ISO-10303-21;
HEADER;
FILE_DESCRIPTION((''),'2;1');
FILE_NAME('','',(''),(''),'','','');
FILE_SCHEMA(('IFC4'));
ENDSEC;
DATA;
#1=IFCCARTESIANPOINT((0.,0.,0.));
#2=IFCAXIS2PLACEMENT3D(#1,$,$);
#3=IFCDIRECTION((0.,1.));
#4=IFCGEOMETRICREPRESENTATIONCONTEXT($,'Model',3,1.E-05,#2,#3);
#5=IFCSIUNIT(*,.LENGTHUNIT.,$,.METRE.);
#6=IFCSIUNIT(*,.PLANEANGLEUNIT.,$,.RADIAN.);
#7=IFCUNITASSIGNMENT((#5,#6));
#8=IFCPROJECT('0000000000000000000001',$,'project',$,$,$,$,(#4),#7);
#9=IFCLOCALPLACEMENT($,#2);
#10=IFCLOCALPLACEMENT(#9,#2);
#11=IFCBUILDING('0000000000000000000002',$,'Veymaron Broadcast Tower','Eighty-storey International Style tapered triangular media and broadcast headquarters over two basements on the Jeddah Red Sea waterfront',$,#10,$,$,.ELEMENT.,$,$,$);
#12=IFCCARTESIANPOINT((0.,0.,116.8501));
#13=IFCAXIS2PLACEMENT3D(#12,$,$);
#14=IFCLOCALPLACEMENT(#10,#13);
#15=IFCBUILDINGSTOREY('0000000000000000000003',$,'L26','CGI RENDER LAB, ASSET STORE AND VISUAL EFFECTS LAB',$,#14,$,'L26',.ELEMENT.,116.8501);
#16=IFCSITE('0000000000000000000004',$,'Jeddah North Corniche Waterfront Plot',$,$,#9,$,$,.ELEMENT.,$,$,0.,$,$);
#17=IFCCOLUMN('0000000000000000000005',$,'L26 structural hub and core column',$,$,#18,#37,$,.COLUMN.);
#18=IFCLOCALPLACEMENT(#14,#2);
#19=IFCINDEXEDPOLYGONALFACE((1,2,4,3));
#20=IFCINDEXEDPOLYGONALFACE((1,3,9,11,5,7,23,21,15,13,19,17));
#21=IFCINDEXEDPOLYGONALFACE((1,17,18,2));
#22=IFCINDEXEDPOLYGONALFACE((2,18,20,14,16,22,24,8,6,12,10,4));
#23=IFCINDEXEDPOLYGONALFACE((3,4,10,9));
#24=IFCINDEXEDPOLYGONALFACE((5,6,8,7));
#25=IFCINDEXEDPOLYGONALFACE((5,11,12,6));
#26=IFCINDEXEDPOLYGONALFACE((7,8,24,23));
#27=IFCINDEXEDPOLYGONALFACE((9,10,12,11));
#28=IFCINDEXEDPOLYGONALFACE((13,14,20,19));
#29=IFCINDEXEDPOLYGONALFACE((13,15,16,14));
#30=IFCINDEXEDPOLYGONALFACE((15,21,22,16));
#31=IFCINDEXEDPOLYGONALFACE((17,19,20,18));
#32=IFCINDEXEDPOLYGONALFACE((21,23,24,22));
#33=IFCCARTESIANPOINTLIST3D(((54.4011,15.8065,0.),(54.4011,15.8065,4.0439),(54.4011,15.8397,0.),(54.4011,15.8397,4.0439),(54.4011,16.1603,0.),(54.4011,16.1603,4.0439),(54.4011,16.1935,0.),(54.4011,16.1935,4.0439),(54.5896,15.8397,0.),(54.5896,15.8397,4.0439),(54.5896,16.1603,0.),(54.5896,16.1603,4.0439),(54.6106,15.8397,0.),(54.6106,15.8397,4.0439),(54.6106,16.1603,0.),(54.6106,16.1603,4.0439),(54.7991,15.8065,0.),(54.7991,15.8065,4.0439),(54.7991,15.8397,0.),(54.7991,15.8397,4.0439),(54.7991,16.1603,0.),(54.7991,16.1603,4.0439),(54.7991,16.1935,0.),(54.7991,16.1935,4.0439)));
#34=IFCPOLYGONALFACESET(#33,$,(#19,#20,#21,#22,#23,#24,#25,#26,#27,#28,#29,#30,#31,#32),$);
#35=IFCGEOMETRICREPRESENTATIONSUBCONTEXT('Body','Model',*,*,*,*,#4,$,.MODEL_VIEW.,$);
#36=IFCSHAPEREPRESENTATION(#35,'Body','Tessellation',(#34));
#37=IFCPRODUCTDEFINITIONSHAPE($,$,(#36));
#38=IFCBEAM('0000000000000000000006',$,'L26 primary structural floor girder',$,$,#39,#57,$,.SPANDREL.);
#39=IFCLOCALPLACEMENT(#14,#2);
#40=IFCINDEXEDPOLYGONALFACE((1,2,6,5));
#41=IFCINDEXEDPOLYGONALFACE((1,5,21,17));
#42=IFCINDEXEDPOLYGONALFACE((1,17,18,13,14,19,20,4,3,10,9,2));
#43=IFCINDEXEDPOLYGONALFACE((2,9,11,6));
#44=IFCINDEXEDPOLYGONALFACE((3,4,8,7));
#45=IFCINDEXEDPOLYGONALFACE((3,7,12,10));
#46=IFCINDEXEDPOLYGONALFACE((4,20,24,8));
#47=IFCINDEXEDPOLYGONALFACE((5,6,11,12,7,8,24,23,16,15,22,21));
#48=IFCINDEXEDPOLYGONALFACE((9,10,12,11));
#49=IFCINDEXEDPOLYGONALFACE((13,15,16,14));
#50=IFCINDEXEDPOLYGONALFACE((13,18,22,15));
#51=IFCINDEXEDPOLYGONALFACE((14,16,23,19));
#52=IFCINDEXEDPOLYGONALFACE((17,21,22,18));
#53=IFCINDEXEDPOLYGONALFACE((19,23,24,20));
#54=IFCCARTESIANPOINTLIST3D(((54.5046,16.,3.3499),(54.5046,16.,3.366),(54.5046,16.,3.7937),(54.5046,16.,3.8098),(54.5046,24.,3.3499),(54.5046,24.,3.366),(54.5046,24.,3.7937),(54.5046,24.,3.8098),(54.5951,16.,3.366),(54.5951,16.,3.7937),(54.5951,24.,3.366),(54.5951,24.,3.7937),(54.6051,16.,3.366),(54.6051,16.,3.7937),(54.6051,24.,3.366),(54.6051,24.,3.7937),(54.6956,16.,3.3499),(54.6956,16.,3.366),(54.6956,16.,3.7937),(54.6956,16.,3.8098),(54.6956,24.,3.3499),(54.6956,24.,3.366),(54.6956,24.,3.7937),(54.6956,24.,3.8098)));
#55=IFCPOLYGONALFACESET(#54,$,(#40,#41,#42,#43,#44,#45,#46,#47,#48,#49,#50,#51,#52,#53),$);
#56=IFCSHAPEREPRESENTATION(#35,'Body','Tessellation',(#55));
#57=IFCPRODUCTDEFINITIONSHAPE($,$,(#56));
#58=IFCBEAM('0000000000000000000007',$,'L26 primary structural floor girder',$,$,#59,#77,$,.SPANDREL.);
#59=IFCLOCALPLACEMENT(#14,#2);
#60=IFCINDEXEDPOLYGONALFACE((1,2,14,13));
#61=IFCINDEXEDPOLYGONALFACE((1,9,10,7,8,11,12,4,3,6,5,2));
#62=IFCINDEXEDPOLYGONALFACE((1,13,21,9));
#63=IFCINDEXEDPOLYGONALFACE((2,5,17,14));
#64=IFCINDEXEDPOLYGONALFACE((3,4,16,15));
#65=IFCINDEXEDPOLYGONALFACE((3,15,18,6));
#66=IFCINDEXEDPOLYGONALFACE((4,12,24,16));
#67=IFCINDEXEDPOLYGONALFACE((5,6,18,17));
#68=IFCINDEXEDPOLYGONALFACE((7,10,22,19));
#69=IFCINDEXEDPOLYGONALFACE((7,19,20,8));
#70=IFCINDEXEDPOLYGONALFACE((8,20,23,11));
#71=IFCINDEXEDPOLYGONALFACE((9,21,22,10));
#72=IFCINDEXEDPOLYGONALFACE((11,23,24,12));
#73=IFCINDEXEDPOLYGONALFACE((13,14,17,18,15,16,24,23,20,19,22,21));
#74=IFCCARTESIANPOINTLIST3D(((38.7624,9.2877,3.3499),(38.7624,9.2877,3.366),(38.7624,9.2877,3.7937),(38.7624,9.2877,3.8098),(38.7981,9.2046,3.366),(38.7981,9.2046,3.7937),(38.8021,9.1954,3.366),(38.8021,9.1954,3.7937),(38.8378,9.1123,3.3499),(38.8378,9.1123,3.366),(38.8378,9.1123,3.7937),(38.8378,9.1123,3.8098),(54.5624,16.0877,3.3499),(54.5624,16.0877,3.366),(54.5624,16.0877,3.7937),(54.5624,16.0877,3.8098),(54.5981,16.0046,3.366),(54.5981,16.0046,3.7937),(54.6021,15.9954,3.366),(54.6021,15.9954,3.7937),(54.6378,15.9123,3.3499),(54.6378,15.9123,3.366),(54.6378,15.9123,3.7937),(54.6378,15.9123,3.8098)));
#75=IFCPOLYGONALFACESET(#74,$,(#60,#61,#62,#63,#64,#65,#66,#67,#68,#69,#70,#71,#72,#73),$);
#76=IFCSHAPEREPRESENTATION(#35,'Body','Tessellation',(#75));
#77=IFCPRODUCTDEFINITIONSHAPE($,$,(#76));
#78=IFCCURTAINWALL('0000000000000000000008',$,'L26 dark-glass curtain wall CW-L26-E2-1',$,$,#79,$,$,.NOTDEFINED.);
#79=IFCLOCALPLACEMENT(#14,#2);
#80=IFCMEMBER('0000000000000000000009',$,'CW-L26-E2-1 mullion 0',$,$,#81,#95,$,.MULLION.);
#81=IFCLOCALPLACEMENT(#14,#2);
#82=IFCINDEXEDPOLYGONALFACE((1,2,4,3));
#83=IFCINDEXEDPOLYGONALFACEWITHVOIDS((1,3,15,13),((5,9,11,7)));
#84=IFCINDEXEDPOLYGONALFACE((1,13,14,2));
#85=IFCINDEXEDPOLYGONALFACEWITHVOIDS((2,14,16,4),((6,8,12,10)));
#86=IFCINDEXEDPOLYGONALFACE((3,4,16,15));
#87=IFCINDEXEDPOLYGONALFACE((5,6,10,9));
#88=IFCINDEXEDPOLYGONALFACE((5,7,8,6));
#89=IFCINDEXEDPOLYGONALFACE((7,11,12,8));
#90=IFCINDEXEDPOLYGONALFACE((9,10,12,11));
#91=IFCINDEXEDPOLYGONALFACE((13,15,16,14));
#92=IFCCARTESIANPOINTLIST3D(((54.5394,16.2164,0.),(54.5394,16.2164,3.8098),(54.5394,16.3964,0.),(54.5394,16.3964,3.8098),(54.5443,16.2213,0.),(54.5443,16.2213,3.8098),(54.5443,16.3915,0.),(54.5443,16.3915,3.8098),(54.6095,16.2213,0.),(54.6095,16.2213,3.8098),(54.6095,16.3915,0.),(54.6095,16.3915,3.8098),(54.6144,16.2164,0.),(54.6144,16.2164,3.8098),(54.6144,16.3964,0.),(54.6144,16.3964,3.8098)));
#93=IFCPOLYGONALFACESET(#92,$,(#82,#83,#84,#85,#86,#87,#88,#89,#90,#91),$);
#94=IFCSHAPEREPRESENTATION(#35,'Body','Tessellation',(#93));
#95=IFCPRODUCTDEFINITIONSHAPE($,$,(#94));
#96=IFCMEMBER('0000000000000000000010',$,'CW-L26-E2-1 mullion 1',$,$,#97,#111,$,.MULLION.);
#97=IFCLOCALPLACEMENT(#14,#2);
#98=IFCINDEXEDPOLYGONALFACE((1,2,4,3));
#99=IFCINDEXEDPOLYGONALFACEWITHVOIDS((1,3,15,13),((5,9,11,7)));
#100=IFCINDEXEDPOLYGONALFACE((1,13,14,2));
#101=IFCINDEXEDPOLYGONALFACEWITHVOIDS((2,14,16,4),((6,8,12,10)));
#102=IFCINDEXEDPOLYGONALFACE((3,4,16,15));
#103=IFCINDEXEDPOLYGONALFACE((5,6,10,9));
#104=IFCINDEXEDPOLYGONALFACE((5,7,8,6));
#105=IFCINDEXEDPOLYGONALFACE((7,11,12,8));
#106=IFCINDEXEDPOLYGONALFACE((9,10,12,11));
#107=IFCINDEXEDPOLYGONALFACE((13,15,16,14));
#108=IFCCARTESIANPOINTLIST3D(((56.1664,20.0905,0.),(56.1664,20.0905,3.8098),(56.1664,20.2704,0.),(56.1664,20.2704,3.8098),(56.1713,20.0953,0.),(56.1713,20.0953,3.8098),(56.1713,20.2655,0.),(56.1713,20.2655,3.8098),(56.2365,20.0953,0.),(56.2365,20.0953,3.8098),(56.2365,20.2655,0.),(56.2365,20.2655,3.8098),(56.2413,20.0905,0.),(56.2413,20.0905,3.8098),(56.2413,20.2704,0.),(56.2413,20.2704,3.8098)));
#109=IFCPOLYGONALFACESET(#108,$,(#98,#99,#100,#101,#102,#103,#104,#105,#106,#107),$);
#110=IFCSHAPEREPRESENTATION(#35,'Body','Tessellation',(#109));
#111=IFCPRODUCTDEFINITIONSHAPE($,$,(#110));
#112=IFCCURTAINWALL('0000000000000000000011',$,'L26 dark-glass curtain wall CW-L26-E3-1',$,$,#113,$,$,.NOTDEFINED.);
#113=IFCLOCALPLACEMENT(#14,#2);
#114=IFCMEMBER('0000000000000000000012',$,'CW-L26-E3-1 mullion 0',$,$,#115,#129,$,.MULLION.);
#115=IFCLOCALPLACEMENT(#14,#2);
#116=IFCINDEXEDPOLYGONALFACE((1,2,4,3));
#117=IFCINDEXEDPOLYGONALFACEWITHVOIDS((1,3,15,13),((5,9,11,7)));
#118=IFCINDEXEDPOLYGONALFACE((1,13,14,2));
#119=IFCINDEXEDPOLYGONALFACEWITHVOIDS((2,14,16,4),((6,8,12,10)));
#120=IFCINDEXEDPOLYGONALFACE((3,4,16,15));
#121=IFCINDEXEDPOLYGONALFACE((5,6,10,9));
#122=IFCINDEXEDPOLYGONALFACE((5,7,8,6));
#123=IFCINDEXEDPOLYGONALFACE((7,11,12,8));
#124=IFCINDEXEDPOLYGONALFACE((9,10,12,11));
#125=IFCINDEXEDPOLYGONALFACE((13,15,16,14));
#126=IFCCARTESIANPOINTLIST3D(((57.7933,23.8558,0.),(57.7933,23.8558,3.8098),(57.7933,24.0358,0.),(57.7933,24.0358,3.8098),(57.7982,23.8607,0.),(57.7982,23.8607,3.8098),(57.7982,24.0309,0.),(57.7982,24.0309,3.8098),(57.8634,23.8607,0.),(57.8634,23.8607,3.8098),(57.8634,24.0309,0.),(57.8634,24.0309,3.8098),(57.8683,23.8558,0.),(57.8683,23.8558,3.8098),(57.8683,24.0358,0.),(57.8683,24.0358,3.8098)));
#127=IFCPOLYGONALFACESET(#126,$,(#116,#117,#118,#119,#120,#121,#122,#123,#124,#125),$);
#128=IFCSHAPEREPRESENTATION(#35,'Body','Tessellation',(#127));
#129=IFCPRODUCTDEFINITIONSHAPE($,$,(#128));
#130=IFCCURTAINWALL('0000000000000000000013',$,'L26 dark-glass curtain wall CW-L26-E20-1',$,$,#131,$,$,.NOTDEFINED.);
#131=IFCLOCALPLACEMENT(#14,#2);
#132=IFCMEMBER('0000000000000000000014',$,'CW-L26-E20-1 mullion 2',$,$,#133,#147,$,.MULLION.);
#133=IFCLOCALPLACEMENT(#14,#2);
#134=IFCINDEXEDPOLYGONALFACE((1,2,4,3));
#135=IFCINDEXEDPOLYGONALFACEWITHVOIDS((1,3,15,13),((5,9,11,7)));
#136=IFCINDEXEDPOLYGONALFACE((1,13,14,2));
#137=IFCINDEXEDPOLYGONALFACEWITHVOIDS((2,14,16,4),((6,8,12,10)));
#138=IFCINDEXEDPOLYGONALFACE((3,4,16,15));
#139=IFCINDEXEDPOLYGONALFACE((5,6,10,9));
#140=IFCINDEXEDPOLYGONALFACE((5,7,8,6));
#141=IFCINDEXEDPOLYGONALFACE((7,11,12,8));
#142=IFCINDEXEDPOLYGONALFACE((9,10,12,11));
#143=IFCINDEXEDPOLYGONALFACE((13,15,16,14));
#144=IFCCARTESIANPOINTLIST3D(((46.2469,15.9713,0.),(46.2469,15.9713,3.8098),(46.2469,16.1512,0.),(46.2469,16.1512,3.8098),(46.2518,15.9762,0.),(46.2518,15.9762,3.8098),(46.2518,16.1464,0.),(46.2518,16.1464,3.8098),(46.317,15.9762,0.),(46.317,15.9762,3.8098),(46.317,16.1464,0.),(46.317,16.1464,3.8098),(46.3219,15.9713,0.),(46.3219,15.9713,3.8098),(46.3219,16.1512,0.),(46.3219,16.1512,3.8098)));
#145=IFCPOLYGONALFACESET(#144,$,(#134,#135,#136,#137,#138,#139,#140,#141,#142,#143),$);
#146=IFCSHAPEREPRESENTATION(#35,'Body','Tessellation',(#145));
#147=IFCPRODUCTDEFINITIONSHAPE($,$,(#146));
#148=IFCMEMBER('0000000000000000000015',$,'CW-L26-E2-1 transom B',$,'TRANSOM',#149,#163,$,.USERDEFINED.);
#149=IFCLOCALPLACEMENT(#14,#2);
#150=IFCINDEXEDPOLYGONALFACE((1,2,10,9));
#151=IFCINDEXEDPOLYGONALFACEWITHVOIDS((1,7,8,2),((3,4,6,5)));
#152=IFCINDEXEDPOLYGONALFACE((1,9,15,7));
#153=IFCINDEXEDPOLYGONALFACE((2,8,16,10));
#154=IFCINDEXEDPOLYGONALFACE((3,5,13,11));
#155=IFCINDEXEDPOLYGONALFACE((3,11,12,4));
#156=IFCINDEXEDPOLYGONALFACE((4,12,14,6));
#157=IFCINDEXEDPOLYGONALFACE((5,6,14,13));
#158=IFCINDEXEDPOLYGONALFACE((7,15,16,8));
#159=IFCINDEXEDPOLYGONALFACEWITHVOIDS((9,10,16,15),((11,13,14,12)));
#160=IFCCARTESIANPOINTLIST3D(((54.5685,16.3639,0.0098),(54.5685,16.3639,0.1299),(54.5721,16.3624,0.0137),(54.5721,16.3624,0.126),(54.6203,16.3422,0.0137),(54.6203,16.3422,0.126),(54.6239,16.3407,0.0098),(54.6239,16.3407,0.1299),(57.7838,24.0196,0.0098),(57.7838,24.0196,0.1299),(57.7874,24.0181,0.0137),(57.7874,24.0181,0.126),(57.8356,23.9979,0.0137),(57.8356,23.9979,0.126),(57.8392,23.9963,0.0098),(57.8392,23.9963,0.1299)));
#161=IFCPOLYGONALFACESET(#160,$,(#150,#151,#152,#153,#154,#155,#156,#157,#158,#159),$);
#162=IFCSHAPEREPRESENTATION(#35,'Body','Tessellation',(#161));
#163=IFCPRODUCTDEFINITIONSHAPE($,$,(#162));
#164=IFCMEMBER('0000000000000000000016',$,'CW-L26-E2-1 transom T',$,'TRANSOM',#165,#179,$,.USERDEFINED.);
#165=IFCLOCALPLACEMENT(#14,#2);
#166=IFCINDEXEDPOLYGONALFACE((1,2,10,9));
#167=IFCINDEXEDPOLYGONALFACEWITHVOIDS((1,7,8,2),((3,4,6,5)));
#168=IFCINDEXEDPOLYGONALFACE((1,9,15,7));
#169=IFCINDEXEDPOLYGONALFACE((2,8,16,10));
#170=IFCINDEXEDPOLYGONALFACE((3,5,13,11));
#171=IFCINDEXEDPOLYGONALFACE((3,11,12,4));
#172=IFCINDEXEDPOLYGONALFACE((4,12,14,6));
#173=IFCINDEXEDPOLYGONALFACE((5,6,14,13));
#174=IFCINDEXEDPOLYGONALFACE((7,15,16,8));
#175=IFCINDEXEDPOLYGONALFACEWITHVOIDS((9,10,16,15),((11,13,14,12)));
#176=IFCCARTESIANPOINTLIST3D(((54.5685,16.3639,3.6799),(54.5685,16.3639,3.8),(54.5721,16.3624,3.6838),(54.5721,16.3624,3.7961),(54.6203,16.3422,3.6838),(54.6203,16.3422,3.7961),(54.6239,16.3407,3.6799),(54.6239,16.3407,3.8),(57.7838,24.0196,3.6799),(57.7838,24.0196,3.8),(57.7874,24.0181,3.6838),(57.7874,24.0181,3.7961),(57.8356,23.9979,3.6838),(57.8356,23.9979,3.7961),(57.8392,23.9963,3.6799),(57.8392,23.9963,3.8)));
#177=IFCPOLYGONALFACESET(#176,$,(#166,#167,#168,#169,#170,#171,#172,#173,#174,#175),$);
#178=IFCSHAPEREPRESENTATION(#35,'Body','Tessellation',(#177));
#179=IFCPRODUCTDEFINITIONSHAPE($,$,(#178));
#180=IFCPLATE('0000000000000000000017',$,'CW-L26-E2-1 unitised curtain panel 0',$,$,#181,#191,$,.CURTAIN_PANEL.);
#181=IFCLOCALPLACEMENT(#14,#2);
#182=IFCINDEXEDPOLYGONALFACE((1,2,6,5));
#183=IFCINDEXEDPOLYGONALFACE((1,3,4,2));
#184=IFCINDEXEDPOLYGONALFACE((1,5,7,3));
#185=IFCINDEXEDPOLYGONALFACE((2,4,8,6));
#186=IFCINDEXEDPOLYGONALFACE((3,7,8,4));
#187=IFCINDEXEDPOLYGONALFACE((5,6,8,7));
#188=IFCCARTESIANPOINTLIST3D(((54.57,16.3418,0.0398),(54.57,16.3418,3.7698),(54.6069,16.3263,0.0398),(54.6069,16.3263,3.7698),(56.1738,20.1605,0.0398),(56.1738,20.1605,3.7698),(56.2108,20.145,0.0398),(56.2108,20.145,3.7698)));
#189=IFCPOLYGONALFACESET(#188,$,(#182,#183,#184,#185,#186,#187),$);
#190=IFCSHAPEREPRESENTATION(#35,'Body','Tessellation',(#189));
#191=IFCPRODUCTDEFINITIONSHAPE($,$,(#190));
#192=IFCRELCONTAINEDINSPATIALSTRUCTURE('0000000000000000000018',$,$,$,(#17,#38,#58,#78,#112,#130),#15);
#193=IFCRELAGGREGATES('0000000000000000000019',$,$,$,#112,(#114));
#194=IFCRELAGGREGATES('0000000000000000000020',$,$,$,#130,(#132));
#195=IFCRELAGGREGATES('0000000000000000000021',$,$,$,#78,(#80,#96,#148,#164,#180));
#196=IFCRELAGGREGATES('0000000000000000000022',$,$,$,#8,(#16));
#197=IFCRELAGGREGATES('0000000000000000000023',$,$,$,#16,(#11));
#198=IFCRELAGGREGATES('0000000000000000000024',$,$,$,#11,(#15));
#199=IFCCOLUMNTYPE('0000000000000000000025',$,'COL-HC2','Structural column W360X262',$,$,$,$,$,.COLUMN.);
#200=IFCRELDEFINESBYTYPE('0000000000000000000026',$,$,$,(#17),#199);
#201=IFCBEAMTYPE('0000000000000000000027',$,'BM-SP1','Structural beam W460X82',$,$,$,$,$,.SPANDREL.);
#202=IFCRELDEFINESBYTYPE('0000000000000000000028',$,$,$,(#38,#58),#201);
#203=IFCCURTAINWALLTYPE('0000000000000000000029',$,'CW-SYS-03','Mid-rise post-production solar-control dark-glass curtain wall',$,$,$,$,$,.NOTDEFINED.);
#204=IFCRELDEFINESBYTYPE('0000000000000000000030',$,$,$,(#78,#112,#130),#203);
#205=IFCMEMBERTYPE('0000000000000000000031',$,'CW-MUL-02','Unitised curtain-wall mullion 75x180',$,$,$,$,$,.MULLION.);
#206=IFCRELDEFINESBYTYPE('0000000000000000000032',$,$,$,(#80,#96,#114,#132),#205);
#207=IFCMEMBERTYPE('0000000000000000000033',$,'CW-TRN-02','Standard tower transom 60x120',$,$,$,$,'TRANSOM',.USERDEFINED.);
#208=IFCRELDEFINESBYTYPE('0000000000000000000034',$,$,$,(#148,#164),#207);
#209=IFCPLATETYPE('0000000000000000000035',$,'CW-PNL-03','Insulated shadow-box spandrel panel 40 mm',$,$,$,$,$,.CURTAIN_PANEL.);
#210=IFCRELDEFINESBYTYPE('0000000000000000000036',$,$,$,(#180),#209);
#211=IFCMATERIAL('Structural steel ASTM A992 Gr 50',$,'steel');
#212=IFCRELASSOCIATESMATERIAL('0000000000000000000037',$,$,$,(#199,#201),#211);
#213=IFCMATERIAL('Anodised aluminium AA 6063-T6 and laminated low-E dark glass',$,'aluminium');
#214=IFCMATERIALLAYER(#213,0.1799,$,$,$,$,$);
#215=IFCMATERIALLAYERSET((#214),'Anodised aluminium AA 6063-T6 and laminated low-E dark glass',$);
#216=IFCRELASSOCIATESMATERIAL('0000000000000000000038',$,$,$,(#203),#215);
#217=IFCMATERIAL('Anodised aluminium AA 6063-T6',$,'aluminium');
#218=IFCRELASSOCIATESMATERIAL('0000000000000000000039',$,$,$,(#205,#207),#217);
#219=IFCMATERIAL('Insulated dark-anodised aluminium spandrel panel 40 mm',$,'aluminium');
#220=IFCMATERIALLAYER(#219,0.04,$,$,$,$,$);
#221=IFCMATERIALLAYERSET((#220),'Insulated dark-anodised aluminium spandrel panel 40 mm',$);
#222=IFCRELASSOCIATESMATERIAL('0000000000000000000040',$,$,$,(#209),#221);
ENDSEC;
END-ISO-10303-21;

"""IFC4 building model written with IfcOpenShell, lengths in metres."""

from ifc_helpers import new_model, si_unit, direction, frame, origin, origin_2d, place, context, subcontext, project, spatial, rectangle, hollow_rectangle, i_section, extrude, material, layer, layer_set, material_profile, profile_set, type_object, element, aggregate, save


model = new_model("IFC4")

# Units and contexts
model_context = context("Model", 3, precision=1e-05, world=origin(), true_north=direction((0.0, 1.0)))
body_context = subcontext(model_context, "Body", "Model", "MODEL_VIEW")
ifc_project = project(units=[si_unit("LENGTHUNIT", "METRE"), si_unit("PLANEANGLEUNIT", "RADIAN")], contexts=[model_context])

# Site, building, storey
site_placement = place(None, origin())
site = spatial("IfcSite", under=ifc_project, at=site_placement, Name="Jeddah North Corniche Waterfront Plot", CompositionType="ELEMENT", RefElevation=0.0)
building_placement = place(site_placement, origin())
building = spatial("IfcBuilding", under=site, at=building_placement, Name="Veymaron Broadcast Tower", Description="Eighty-storey International Style tapered triangular media and broadcast headquarters over two basements on the Jeddah Red Sea waterfront", CompositionType="ELEMENT")
storey_placement = place(building_placement, frame((0.0, 0.0, 116.8501)))
storey = spatial("IfcBuildingStorey", under=building, at=storey_placement, Name="L26", Description="CGI RENDER LAB, ASSET STORE AND VISUAL EFFECTS LAB", LongName="L26", CompositionType="ELEMENT", Elevation=116.8501)

# Column
ifc_material_1 = material(Name="Structural steel ASTM A992 Gr 50", Category="steel")
ifc_material_profile_1 = material_profile(ifc_material_1, i_section(OverallWidth=0.3979, OverallDepth=0.387, WebThickness=0.021, FlangeThickness=0.0332, at=origin_2d()), Name="W360X262")
ifc_profile_set_1 = profile_set([ifc_material_profile_1], Name="Structural steel ASTM A992 Gr 50")
column_type = type_object("IfcColumnType", Name="COL-HC2", Description="Structural column W360X262", PredefinedType="COLUMN", material=ifc_profile_set_1)
column_placement = place(storey_placement, frame((54.6001, 16.0, 0.0), z_axis=(0.0, 0.0, 1.0), x_axis=(1.0, 0.0, 0.0)))
element("IfcColumn", 1, at=column_placement, inside=storey, type_object=column_type, Name="L26 structural hub and core column", PredefinedType="COLUMN", context=body_context, shape_type="SweptSolid", body=[
    extrude(i_section(OverallWidth=0.3979, OverallDepth=0.387, WebThickness=0.021, FlangeThickness=0.0332, at=origin_2d()), origin(), (0.0, 0.0, 1.0), 4.0439),
])

# Beams
ifc_material_profile_2 = material_profile(ifc_material_1, i_section(OverallWidth=0.1909, OverallDepth=0.46, WebThickness=0.01, FlangeThickness=0.0161, at=origin_2d()), Name="W460X82")
ifc_profile_set_2 = profile_set([ifc_material_profile_2], Name="Structural steel ASTM A992 Gr 50")
beam_type = type_object("IfcBeamType", Name="BM-SP1", Description="Structural beam W460X82", PredefinedType="SPANDREL", material=ifc_profile_set_2)
beam_1_placement = place(storey_placement, frame((54.6001, 16.0, 3.5798), z_axis=(0.0, 1.0, 0.0), x_axis=(-1.0, 0.0, 0.0)))
element("IfcBeam", 2, at=beam_1_placement, inside=storey, type_object=beam_type, Name="L26 primary structural floor girder", PredefinedType="SPANDREL", context=body_context, shape_type="SweptSolid", body=[
    extrude(i_section(OverallWidth=0.1909, OverallDepth=0.46, WebThickness=0.01, FlangeThickness=0.0161, at=origin_2d()), origin(), (0.0, 0.0, 1.0), 8.0),
])
beam_2_placement = place(storey_placement, frame((54.6001, 16.0, 3.5798), z_axis=(-0.918542, -0.395323, 0.0), x_axis=(0.395323, -0.918542, 0.0)))
element("IfcBeam", 3, at=beam_2_placement, inside=storey, type_object=beam_type, Name="L26 primary structural floor girder", PredefinedType="SPANDREL", context=body_context, shape_type="SweptSolid", body=[
    extrude(i_section(OverallWidth=0.1909, OverallDepth=0.46, WebThickness=0.01, FlangeThickness=0.0161, at=origin_2d()), origin(), (0.0, 0.0, 1.0), 17.2012),
])

# Curtain wall, members
ifc_material_2 = material(Name="Anodised aluminium AA 6063-T6 and laminated low-E dark glass", Category="aluminium")
ifc_layer_1 = layer(ifc_material_2, 0.1799)
ifc_layer_set_1 = layer_set([ifc_layer_1], Name="Anodised aluminium AA 6063-T6 and laminated low-E dark glass")
curtain_wall_type = type_object("IfcCurtainWallType", Name="CW-SYS-03", Description="Mid-rise post-production solar-control dark-glass curtain wall", PredefinedType="NOTDEFINED", material=ifc_layer_set_1)
curtain_wall_1_placement = place(storey_placement, origin())
curtain_wall_1 = element("IfcCurtainWall", 4, at=curtain_wall_1_placement, inside=storey, type_object=curtain_wall_type, Name="L26 dark-glass curtain wall CW-L26-E2-1", PredefinedType="NOTDEFINED")
ifc_material_3 = material(Name="Anodised aluminium AA 6063-T6", Category="aluminium")
ifc_material_profile_3 = material_profile(ifc_material_3, hollow_rectangle(XDim=0.075, YDim=0.1799, WallThickness=0.0049, at=origin_2d()), Name="AL180X75X5")
ifc_profile_set_3 = profile_set([ifc_material_profile_3], Name="Anodised aluminium AA 6063-T6")
member_type_1 = type_object("IfcMemberType", Name="CW-MUL-02", Description="Unitised curtain-wall mullion 75x180", PredefinedType="MULLION", material=ifc_profile_set_3)
member_1_placement = place(storey_placement, frame((54.5769, 16.3064, 0.0), z_axis=(0.0, 0.0, 1.0), x_axis=(1.0, 0.0, 0.0)))
member_1 = element("IfcMember", 5, at=member_1_placement, type_object=member_type_1, Name="CW-L26-E2-1 mullion 0", PredefinedType="MULLION", context=body_context, shape_type="SweptSolid", body=[
    extrude(hollow_rectangle(XDim=0.075, YDim=0.1799, WallThickness=0.0049, at=origin_2d()), origin(), (0.0, 0.0, 1.0), 3.8098),
])
member_2_placement = place(storey_placement, frame((56.2039, 20.1804, 0.0), z_axis=(0.0, 0.0, 1.0), x_axis=(1.0, 0.0, 0.0)))
member_2 = element("IfcMember", 6, at=member_2_placement, type_object=member_type_1, Name="CW-L26-E2-1 mullion 1", PredefinedType="MULLION", context=body_context, shape_type="SweptSolid", body=[
    extrude(hollow_rectangle(XDim=0.075, YDim=0.1799, WallThickness=0.0049, at=origin_2d()), origin(), (0.0, 0.0, 1.0), 3.8098),
])

# Curtain walls, members
curtain_wall_2_placement = place(storey_placement, origin())
curtain_wall_2 = element("IfcCurtainWall", 7, at=curtain_wall_2_placement, inside=storey, type_object=curtain_wall_type, Name="L26 dark-glass curtain wall CW-L26-E3-1", PredefinedType="NOTDEFINED")
member_3_placement = place(storey_placement, frame((57.8308, 23.9458, 0.0), z_axis=(0.0, 0.0, 1.0), x_axis=(1.0, 0.0, 0.0)))
member_3 = element("IfcMember", 8, at=member_3_placement, type_object=member_type_1, Name="CW-L26-E3-1 mullion 0", PredefinedType="MULLION", context=body_context, shape_type="SweptSolid", body=[
    extrude(hollow_rectangle(XDim=0.075, YDim=0.1799, WallThickness=0.0049, at=origin_2d()), origin(), (0.0, 0.0, 1.0), 3.8098),
])
aggregate(curtain_wall_2, [member_3])
curtain_wall_3_placement = place(storey_placement, origin())
curtain_wall_3 = element("IfcCurtainWall", 9, at=curtain_wall_3_placement, inside=storey, type_object=curtain_wall_type, Name="L26 dark-glass curtain wall CW-L26-E20-1", PredefinedType="NOTDEFINED")
member_4_placement = place(storey_placement, frame((46.2844, 16.0613, 0.0), z_axis=(0.0, 0.0, 1.0), x_axis=(1.0, 0.0, 0.0)))
member_4 = element("IfcMember", 10, at=member_4_placement, type_object=member_type_1, Name="CW-L26-E20-1 mullion 2", PredefinedType="MULLION", context=body_context, shape_type="SweptSolid", body=[
    extrude(hollow_rectangle(XDim=0.075, YDim=0.1799, WallThickness=0.0049, at=origin_2d()), origin(), (0.0, 0.0, 1.0), 3.8098),
])
aggregate(curtain_wall_3, [member_4])

# Members
ifc_material_profile_4 = material_profile(ifc_material_3, hollow_rectangle(XDim=0.0601, YDim=0.1201, WallThickness=0.0039, at=origin_2d()), Name="AL120X60X4")
ifc_profile_set_4 = profile_set([ifc_material_profile_4], Name="Anodised aluminium AA 6063-T6")
member_type_2 = type_object("IfcMemberType", Name="CW-TRN-02", Description="Standard tower transom 60x120", ElementType="TRANSOM", PredefinedType="USERDEFINED", material=ifc_profile_set_4)
member_5_placement = place(storey_placement, frame((54.5962, 16.3523, 0.0698), z_axis=(0.387223, 0.921986, 0.0), x_axis=(-0.921986, 0.387223, 0.0)))
member_5 = element("IfcMember", 11, at=member_5_placement, type_object=member_type_2, Name="CW-L26-E2-1 transom B", ObjectType="TRANSOM", PredefinedType="USERDEFINED", context=body_context, shape_type="SweptSolid", body=[
    extrude(hollow_rectangle(XDim=0.0601, YDim=0.1201, WallThickness=0.0039, at=origin_2d()), origin(), (0.0, 0.0, 1.0), 8.3035),
])
member_6_placement = place(storey_placement, frame((54.5962, 16.3523, 3.74), z_axis=(0.387223, 0.921986, 0.0), x_axis=(-0.921986, 0.387223, 0.0)))
member_6 = element("IfcMember", 12, at=member_6_placement, type_object=member_type_2, Name="CW-L26-E2-1 transom T", ObjectType="TRANSOM", PredefinedType="USERDEFINED", context=body_context, shape_type="SweptSolid", body=[
    extrude(hollow_rectangle(XDim=0.0601, YDim=0.1201, WallThickness=0.0039, at=origin_2d()), origin(), (0.0, 0.0, 1.0), 8.3035),
])

# Plate
ifc_material_4 = material(Name="Insulated dark-anodised aluminium spandrel panel 40 mm", Category="aluminium")
ifc_layer_2 = layer(ifc_material_4, 0.04)
ifc_layer_set_2 = layer_set([ifc_layer_2], Name="Insulated dark-anodised aluminium spandrel panel 40 mm")
plate_type = type_object("IfcPlateType", Name="CW-PNL-03", Description="Insulated shadow-box spandrel panel 40 mm", PredefinedType="CURTAIN_PANEL", material=ifc_layer_set_2)
plate_1_placement = place(storey_placement, frame((55.3904, 18.2434, 0.0398), z_axis=(0.0, 0.0, 1.0), x_axis=(0.387226, 0.921985, 0.0)))
plate_1 = element("IfcPlate", 13, at=plate_1_placement, type_object=plate_type, Name="CW-L26-E2-1 unitised curtain panel 0", PredefinedType="CURTAIN_PANEL", context=body_context, shape_type="SweptSolid", body=[
    extrude(rectangle(XDim=4.1418, YDim=0.04, at=origin_2d()), origin(), (0.0, 0.0, 1.0), 3.73),
])
aggregate(curtain_wall_1, [member_1, member_2, member_5, member_6, plate_1])

save(model, "model.ifc")
